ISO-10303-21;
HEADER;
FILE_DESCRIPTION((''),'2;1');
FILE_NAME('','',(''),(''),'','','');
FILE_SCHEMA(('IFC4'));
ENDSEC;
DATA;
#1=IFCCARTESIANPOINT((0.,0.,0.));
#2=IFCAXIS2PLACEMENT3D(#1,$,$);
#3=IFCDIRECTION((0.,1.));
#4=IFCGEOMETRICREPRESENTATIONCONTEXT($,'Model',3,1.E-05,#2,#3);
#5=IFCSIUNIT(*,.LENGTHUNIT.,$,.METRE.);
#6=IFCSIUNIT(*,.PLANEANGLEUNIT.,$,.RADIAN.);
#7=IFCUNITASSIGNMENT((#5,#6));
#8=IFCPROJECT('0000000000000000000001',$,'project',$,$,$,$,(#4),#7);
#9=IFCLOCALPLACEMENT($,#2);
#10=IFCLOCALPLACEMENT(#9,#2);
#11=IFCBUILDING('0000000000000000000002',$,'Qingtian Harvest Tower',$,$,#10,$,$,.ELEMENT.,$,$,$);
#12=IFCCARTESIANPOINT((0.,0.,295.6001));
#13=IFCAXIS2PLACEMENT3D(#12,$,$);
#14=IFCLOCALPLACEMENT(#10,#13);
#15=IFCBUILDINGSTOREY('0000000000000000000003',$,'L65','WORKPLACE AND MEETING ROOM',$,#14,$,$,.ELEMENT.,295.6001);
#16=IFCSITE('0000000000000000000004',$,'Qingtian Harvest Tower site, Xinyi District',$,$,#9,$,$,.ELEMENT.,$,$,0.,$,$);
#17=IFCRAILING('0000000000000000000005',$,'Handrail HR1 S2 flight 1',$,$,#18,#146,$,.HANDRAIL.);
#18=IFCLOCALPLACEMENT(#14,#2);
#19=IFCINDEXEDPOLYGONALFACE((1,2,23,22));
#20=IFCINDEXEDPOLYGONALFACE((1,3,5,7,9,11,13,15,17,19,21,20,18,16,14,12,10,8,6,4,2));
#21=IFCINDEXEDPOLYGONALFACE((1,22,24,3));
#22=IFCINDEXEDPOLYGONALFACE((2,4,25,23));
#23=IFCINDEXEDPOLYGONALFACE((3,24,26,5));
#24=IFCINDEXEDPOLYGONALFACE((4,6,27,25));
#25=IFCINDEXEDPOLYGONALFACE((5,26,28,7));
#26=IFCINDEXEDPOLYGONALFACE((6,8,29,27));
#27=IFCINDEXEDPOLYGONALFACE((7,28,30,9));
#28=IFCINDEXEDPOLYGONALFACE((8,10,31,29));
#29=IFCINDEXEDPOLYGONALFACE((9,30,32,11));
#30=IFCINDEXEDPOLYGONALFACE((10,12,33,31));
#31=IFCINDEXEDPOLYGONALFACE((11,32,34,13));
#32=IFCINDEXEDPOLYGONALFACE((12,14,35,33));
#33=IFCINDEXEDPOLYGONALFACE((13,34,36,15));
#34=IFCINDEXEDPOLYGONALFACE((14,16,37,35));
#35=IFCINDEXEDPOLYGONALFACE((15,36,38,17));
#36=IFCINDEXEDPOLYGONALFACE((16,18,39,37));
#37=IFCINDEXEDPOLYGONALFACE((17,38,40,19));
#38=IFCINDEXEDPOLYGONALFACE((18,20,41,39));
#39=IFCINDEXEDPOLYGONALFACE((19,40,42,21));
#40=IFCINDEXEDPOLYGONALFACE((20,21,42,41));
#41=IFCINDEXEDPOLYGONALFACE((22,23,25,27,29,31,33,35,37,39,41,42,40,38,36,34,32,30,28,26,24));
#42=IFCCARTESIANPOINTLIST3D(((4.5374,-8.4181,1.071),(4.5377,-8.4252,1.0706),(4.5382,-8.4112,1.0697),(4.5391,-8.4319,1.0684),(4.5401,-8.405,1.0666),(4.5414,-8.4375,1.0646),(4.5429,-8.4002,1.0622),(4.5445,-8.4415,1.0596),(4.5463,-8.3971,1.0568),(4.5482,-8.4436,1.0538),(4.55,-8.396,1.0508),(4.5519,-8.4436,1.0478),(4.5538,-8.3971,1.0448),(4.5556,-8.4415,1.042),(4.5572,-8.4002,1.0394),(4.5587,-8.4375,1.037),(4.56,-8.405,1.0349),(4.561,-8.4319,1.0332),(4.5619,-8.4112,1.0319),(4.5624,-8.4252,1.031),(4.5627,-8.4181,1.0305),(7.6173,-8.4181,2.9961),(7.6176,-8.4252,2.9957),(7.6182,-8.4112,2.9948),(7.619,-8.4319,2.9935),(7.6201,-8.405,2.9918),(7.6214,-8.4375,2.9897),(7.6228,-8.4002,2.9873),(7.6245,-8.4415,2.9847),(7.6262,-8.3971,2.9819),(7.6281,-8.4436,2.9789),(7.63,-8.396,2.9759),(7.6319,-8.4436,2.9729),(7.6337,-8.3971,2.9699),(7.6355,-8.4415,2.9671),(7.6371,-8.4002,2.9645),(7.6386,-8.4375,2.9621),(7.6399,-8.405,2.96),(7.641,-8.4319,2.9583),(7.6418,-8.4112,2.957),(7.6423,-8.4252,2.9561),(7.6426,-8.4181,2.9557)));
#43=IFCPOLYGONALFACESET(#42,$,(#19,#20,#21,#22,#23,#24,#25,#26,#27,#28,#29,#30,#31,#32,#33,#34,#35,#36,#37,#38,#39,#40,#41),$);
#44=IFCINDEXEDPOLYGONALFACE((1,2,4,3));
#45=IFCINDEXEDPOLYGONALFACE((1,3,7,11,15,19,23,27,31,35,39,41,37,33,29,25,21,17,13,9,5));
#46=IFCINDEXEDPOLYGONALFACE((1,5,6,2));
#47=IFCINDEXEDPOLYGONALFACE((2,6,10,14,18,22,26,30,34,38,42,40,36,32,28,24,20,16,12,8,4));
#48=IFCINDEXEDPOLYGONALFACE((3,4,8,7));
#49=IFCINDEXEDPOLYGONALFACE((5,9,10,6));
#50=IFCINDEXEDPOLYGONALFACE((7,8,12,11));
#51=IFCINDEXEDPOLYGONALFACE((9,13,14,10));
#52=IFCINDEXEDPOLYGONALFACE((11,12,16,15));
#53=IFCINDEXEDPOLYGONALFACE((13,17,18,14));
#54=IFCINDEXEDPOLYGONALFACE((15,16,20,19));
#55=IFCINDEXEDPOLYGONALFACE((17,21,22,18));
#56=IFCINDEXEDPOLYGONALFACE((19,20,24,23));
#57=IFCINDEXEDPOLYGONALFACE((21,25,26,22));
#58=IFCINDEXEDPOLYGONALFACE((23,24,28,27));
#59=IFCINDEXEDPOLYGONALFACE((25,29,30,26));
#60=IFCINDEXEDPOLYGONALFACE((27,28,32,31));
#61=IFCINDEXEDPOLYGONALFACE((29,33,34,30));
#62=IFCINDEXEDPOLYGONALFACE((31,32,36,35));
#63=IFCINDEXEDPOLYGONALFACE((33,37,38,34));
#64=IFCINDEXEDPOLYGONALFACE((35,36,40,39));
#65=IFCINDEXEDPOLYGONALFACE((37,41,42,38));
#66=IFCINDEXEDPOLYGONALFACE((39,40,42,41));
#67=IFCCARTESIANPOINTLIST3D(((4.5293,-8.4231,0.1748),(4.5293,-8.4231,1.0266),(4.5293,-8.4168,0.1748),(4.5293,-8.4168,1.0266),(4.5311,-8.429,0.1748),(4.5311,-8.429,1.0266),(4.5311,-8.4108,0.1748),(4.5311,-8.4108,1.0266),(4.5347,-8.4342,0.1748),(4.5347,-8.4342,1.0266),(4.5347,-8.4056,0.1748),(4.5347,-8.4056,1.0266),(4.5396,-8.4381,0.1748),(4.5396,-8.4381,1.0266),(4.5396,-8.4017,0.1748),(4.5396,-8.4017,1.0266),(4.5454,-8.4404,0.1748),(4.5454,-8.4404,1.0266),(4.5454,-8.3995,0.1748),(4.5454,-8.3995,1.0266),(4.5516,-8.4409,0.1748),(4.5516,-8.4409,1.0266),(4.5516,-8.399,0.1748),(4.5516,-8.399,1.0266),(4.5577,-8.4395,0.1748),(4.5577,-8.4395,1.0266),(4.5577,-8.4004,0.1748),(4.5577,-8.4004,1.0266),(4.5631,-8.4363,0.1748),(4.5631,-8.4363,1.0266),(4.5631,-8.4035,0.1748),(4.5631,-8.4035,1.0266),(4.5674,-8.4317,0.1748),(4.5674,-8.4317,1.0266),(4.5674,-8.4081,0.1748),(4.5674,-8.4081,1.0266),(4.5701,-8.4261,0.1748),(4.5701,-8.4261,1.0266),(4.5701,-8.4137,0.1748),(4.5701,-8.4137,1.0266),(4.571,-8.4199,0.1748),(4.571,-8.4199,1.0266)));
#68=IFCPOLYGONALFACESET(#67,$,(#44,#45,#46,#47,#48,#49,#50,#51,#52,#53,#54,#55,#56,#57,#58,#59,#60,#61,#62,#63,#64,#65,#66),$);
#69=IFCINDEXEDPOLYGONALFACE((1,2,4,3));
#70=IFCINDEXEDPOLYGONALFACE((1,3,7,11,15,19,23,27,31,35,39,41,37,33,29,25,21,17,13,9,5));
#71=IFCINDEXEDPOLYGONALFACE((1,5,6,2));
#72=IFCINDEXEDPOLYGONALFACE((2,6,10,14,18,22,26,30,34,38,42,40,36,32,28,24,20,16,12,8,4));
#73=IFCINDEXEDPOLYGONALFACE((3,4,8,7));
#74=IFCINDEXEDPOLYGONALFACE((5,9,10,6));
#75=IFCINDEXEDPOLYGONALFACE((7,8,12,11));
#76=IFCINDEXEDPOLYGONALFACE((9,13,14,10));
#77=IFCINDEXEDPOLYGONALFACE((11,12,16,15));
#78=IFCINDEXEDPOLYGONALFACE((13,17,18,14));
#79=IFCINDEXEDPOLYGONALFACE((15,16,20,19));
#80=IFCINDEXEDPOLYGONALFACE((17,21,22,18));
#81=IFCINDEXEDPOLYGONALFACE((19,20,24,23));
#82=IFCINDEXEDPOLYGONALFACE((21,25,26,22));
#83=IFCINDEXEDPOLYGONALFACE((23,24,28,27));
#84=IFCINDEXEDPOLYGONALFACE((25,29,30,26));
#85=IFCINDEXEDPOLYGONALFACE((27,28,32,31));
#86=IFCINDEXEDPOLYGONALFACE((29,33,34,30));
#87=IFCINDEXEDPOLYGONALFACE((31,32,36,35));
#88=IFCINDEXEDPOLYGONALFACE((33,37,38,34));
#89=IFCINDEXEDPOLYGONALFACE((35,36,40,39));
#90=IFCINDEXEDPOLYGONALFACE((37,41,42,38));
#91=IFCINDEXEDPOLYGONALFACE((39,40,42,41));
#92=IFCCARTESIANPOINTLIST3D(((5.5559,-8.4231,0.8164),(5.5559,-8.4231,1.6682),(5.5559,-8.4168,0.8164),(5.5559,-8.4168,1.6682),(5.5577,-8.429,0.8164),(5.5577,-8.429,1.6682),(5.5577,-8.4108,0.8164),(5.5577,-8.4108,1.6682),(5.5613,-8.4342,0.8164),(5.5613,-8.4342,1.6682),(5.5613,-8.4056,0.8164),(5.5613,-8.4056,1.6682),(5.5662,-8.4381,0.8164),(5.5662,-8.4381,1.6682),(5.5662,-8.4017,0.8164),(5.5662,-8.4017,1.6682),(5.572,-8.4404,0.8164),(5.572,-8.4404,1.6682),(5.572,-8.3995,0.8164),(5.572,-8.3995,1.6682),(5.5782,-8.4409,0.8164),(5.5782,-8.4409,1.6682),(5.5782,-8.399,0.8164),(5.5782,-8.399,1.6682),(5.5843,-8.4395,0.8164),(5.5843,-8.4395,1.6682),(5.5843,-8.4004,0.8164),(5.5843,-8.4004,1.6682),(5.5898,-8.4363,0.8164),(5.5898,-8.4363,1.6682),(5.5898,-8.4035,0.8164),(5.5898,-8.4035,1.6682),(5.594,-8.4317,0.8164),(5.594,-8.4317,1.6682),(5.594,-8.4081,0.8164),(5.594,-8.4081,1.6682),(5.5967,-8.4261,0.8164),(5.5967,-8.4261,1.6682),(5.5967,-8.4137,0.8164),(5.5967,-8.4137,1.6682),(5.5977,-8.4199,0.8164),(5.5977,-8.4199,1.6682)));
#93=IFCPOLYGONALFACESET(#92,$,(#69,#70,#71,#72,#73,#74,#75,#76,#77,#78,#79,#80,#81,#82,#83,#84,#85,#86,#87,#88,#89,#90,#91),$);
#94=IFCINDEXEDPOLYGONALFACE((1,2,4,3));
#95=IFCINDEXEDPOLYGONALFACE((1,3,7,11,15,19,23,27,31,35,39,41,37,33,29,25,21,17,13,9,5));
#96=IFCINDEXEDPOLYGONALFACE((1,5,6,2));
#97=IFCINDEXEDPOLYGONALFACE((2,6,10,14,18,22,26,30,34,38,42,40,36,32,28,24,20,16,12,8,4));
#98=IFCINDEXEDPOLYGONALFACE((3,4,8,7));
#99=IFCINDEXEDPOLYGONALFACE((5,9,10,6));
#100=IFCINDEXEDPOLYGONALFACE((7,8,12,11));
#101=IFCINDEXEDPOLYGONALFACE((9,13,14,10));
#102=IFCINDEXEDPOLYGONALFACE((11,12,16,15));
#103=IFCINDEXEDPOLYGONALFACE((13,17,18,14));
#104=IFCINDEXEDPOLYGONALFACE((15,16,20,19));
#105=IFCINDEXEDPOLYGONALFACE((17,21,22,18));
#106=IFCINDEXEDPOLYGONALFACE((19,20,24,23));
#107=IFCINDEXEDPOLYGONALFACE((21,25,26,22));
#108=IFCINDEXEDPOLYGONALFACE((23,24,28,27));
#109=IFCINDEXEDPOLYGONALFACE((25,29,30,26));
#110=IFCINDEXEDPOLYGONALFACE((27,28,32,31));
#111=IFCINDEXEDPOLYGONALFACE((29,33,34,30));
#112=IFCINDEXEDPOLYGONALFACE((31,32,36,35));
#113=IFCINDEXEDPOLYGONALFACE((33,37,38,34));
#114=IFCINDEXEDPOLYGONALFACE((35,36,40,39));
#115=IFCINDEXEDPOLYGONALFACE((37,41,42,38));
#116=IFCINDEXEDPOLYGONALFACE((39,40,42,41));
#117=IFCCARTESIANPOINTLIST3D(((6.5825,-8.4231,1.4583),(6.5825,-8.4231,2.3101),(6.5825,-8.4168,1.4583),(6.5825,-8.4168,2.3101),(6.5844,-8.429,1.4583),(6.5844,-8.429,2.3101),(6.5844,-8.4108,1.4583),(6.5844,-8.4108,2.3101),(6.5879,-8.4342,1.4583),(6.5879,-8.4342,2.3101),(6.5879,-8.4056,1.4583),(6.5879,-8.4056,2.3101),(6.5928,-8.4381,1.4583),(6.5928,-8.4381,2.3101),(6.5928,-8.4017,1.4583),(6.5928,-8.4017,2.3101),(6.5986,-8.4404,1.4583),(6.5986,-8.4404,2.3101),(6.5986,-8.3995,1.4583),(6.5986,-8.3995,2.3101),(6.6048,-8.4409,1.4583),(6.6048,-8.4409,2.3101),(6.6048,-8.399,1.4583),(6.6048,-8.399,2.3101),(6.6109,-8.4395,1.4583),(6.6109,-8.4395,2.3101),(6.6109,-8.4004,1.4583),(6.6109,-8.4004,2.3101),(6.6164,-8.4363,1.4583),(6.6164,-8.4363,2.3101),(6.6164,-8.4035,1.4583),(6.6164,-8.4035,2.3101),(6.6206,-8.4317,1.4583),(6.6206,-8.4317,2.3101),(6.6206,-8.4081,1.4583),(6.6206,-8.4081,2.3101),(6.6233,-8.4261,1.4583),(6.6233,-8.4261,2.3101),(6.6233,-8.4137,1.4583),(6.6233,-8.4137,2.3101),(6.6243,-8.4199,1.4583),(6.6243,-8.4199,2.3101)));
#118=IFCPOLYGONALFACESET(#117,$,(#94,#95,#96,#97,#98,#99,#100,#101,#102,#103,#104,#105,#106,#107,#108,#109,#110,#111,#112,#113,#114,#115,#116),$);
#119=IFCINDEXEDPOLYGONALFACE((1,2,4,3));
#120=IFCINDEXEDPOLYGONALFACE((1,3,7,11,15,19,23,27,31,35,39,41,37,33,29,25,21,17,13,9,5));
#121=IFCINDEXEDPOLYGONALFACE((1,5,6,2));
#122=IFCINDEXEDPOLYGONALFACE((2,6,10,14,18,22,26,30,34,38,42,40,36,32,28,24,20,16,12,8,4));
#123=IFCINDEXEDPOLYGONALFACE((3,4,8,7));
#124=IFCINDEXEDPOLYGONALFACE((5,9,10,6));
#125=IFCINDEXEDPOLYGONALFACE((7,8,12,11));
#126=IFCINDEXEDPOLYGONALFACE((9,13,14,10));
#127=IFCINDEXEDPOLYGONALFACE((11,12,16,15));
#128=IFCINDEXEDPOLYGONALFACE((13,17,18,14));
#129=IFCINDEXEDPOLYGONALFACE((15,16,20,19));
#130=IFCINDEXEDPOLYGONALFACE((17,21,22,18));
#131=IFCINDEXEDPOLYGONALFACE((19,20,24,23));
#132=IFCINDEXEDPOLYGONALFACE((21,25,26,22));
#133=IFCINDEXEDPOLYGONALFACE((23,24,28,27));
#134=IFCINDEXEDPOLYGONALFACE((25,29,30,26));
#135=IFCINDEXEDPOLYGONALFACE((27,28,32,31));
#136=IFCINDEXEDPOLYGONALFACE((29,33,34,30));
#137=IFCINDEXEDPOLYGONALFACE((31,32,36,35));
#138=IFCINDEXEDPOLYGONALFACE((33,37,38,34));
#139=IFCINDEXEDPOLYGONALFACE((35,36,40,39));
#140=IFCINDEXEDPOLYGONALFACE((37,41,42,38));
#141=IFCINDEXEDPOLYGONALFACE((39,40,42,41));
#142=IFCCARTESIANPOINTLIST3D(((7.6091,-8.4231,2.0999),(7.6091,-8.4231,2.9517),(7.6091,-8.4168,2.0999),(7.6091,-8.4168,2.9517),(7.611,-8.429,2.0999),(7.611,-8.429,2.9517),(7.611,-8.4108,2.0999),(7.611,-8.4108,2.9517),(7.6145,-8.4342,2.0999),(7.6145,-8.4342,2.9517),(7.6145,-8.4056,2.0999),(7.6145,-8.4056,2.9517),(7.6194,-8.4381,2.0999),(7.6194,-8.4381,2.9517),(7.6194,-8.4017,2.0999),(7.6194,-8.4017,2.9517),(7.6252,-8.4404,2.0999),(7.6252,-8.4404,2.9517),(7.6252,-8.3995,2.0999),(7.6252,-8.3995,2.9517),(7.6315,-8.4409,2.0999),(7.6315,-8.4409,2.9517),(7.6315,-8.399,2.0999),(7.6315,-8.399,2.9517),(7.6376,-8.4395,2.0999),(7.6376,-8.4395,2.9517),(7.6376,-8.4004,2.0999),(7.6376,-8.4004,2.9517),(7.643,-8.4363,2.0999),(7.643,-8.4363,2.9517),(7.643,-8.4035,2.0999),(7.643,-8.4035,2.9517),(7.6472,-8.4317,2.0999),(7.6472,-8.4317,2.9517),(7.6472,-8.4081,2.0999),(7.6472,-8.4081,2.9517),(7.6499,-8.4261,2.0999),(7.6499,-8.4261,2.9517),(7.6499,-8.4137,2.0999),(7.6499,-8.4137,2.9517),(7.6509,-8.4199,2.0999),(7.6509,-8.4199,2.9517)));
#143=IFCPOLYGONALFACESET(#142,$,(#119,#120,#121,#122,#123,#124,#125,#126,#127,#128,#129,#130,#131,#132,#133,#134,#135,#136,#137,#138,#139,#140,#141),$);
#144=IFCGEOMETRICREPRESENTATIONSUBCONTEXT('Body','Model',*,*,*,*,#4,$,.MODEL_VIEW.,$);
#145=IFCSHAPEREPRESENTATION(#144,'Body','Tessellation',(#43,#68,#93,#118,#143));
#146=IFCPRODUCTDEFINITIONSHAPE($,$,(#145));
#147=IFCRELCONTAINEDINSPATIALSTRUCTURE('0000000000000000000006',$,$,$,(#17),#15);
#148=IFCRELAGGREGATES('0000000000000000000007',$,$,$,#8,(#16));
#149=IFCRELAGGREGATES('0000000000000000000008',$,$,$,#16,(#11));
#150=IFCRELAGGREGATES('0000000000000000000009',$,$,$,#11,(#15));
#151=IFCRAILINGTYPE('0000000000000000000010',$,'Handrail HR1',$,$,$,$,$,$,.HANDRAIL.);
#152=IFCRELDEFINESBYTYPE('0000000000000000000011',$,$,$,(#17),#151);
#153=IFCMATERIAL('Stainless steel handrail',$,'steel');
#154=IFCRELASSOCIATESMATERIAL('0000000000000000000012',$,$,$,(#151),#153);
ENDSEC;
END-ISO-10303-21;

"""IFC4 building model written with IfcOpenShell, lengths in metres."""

from ifc_helpers import new_model, si_unit, direction, frame, origin, origin_2d, place, context, subcontext, project, spatial, circle, extrude, material, type_object, element, save


model = new_model("IFC4")

# Units and contexts
model_context = context("Model", 3, precision=1e-05, world=origin(), true_north=direction((0.0, 1.0)))
body_context = subcontext(model_context, "Body", "Model", "MODEL_VIEW")
ifc_project = project(units=[si_unit("LENGTHUNIT", "METRE"), si_unit("PLANEANGLEUNIT", "RADIAN")], contexts=[model_context])

# Site, building, storey
site_placement = place(None, origin())
site = spatial("IfcSite", under=ifc_project, at=site_placement, Name="Qingtian Harvest Tower site, Xinyi District", CompositionType="ELEMENT", RefElevation=0.0)
building_placement = place(site_placement, origin())
building = spatial("IfcBuilding", under=site, at=building_placement, Name="Qingtian Harvest Tower", CompositionType="ELEMENT")
storey_placement = place(building_placement, frame((0.0, 0.0, 295.6001)))
storey = spatial("IfcBuildingStorey", under=building, at=storey_placement, Name="L65", Description="WORKPLACE AND MEETING ROOM", CompositionType="ELEMENT", Elevation=295.6001)

# Railing
ifc_material_1 = material(Name="Stainless steel handrail", Category="steel")
railing_type = type_object("IfcRailingType", Name="Handrail HR1", PredefinedType="HANDRAIL", material=ifc_material_1)
railing_1_placement = place(storey_placement, frame((4.55, -8.4199, 0.1748)))
element("IfcRailing", 1, at=railing_1_placement, inside=storey, type_object=railing_type, Name="Handrail HR1 S2 flight 1", PredefinedType="HANDRAIL", context=body_context, shape_type="SweptSolid", body=[
    extrude(circle(Radius=0.0239, at=origin_2d()), frame((0.0, 0.0, 0.876), z_axis=(0.847979, 0.0, 0.530029), x_axis=(0.0, 1.0, 0.0)), (0.0, 0.0, 1.0), 3.6321),
    extrude(circle(Radius=0.021, at=origin_2d()), origin(), (0.0, 0.0, 1.0), 0.8518),
    extrude(circle(Radius=0.021, at=origin_2d()), frame((1.0266, 0.0, 0.6416)), (0.0, 0.0, 1.0), 0.8518),
    extrude(circle(Radius=0.021, at=origin_2d()), frame((2.0532, 0.0, 1.2834)), (0.0, 0.0, 1.0), 0.8518),
    extrude(circle(Radius=0.021, at=origin_2d()), frame((3.0798, 0.0, 1.925)), (0.0, 0.0, 1.0), 0.8518),
])

save(model, "model.ifc")
